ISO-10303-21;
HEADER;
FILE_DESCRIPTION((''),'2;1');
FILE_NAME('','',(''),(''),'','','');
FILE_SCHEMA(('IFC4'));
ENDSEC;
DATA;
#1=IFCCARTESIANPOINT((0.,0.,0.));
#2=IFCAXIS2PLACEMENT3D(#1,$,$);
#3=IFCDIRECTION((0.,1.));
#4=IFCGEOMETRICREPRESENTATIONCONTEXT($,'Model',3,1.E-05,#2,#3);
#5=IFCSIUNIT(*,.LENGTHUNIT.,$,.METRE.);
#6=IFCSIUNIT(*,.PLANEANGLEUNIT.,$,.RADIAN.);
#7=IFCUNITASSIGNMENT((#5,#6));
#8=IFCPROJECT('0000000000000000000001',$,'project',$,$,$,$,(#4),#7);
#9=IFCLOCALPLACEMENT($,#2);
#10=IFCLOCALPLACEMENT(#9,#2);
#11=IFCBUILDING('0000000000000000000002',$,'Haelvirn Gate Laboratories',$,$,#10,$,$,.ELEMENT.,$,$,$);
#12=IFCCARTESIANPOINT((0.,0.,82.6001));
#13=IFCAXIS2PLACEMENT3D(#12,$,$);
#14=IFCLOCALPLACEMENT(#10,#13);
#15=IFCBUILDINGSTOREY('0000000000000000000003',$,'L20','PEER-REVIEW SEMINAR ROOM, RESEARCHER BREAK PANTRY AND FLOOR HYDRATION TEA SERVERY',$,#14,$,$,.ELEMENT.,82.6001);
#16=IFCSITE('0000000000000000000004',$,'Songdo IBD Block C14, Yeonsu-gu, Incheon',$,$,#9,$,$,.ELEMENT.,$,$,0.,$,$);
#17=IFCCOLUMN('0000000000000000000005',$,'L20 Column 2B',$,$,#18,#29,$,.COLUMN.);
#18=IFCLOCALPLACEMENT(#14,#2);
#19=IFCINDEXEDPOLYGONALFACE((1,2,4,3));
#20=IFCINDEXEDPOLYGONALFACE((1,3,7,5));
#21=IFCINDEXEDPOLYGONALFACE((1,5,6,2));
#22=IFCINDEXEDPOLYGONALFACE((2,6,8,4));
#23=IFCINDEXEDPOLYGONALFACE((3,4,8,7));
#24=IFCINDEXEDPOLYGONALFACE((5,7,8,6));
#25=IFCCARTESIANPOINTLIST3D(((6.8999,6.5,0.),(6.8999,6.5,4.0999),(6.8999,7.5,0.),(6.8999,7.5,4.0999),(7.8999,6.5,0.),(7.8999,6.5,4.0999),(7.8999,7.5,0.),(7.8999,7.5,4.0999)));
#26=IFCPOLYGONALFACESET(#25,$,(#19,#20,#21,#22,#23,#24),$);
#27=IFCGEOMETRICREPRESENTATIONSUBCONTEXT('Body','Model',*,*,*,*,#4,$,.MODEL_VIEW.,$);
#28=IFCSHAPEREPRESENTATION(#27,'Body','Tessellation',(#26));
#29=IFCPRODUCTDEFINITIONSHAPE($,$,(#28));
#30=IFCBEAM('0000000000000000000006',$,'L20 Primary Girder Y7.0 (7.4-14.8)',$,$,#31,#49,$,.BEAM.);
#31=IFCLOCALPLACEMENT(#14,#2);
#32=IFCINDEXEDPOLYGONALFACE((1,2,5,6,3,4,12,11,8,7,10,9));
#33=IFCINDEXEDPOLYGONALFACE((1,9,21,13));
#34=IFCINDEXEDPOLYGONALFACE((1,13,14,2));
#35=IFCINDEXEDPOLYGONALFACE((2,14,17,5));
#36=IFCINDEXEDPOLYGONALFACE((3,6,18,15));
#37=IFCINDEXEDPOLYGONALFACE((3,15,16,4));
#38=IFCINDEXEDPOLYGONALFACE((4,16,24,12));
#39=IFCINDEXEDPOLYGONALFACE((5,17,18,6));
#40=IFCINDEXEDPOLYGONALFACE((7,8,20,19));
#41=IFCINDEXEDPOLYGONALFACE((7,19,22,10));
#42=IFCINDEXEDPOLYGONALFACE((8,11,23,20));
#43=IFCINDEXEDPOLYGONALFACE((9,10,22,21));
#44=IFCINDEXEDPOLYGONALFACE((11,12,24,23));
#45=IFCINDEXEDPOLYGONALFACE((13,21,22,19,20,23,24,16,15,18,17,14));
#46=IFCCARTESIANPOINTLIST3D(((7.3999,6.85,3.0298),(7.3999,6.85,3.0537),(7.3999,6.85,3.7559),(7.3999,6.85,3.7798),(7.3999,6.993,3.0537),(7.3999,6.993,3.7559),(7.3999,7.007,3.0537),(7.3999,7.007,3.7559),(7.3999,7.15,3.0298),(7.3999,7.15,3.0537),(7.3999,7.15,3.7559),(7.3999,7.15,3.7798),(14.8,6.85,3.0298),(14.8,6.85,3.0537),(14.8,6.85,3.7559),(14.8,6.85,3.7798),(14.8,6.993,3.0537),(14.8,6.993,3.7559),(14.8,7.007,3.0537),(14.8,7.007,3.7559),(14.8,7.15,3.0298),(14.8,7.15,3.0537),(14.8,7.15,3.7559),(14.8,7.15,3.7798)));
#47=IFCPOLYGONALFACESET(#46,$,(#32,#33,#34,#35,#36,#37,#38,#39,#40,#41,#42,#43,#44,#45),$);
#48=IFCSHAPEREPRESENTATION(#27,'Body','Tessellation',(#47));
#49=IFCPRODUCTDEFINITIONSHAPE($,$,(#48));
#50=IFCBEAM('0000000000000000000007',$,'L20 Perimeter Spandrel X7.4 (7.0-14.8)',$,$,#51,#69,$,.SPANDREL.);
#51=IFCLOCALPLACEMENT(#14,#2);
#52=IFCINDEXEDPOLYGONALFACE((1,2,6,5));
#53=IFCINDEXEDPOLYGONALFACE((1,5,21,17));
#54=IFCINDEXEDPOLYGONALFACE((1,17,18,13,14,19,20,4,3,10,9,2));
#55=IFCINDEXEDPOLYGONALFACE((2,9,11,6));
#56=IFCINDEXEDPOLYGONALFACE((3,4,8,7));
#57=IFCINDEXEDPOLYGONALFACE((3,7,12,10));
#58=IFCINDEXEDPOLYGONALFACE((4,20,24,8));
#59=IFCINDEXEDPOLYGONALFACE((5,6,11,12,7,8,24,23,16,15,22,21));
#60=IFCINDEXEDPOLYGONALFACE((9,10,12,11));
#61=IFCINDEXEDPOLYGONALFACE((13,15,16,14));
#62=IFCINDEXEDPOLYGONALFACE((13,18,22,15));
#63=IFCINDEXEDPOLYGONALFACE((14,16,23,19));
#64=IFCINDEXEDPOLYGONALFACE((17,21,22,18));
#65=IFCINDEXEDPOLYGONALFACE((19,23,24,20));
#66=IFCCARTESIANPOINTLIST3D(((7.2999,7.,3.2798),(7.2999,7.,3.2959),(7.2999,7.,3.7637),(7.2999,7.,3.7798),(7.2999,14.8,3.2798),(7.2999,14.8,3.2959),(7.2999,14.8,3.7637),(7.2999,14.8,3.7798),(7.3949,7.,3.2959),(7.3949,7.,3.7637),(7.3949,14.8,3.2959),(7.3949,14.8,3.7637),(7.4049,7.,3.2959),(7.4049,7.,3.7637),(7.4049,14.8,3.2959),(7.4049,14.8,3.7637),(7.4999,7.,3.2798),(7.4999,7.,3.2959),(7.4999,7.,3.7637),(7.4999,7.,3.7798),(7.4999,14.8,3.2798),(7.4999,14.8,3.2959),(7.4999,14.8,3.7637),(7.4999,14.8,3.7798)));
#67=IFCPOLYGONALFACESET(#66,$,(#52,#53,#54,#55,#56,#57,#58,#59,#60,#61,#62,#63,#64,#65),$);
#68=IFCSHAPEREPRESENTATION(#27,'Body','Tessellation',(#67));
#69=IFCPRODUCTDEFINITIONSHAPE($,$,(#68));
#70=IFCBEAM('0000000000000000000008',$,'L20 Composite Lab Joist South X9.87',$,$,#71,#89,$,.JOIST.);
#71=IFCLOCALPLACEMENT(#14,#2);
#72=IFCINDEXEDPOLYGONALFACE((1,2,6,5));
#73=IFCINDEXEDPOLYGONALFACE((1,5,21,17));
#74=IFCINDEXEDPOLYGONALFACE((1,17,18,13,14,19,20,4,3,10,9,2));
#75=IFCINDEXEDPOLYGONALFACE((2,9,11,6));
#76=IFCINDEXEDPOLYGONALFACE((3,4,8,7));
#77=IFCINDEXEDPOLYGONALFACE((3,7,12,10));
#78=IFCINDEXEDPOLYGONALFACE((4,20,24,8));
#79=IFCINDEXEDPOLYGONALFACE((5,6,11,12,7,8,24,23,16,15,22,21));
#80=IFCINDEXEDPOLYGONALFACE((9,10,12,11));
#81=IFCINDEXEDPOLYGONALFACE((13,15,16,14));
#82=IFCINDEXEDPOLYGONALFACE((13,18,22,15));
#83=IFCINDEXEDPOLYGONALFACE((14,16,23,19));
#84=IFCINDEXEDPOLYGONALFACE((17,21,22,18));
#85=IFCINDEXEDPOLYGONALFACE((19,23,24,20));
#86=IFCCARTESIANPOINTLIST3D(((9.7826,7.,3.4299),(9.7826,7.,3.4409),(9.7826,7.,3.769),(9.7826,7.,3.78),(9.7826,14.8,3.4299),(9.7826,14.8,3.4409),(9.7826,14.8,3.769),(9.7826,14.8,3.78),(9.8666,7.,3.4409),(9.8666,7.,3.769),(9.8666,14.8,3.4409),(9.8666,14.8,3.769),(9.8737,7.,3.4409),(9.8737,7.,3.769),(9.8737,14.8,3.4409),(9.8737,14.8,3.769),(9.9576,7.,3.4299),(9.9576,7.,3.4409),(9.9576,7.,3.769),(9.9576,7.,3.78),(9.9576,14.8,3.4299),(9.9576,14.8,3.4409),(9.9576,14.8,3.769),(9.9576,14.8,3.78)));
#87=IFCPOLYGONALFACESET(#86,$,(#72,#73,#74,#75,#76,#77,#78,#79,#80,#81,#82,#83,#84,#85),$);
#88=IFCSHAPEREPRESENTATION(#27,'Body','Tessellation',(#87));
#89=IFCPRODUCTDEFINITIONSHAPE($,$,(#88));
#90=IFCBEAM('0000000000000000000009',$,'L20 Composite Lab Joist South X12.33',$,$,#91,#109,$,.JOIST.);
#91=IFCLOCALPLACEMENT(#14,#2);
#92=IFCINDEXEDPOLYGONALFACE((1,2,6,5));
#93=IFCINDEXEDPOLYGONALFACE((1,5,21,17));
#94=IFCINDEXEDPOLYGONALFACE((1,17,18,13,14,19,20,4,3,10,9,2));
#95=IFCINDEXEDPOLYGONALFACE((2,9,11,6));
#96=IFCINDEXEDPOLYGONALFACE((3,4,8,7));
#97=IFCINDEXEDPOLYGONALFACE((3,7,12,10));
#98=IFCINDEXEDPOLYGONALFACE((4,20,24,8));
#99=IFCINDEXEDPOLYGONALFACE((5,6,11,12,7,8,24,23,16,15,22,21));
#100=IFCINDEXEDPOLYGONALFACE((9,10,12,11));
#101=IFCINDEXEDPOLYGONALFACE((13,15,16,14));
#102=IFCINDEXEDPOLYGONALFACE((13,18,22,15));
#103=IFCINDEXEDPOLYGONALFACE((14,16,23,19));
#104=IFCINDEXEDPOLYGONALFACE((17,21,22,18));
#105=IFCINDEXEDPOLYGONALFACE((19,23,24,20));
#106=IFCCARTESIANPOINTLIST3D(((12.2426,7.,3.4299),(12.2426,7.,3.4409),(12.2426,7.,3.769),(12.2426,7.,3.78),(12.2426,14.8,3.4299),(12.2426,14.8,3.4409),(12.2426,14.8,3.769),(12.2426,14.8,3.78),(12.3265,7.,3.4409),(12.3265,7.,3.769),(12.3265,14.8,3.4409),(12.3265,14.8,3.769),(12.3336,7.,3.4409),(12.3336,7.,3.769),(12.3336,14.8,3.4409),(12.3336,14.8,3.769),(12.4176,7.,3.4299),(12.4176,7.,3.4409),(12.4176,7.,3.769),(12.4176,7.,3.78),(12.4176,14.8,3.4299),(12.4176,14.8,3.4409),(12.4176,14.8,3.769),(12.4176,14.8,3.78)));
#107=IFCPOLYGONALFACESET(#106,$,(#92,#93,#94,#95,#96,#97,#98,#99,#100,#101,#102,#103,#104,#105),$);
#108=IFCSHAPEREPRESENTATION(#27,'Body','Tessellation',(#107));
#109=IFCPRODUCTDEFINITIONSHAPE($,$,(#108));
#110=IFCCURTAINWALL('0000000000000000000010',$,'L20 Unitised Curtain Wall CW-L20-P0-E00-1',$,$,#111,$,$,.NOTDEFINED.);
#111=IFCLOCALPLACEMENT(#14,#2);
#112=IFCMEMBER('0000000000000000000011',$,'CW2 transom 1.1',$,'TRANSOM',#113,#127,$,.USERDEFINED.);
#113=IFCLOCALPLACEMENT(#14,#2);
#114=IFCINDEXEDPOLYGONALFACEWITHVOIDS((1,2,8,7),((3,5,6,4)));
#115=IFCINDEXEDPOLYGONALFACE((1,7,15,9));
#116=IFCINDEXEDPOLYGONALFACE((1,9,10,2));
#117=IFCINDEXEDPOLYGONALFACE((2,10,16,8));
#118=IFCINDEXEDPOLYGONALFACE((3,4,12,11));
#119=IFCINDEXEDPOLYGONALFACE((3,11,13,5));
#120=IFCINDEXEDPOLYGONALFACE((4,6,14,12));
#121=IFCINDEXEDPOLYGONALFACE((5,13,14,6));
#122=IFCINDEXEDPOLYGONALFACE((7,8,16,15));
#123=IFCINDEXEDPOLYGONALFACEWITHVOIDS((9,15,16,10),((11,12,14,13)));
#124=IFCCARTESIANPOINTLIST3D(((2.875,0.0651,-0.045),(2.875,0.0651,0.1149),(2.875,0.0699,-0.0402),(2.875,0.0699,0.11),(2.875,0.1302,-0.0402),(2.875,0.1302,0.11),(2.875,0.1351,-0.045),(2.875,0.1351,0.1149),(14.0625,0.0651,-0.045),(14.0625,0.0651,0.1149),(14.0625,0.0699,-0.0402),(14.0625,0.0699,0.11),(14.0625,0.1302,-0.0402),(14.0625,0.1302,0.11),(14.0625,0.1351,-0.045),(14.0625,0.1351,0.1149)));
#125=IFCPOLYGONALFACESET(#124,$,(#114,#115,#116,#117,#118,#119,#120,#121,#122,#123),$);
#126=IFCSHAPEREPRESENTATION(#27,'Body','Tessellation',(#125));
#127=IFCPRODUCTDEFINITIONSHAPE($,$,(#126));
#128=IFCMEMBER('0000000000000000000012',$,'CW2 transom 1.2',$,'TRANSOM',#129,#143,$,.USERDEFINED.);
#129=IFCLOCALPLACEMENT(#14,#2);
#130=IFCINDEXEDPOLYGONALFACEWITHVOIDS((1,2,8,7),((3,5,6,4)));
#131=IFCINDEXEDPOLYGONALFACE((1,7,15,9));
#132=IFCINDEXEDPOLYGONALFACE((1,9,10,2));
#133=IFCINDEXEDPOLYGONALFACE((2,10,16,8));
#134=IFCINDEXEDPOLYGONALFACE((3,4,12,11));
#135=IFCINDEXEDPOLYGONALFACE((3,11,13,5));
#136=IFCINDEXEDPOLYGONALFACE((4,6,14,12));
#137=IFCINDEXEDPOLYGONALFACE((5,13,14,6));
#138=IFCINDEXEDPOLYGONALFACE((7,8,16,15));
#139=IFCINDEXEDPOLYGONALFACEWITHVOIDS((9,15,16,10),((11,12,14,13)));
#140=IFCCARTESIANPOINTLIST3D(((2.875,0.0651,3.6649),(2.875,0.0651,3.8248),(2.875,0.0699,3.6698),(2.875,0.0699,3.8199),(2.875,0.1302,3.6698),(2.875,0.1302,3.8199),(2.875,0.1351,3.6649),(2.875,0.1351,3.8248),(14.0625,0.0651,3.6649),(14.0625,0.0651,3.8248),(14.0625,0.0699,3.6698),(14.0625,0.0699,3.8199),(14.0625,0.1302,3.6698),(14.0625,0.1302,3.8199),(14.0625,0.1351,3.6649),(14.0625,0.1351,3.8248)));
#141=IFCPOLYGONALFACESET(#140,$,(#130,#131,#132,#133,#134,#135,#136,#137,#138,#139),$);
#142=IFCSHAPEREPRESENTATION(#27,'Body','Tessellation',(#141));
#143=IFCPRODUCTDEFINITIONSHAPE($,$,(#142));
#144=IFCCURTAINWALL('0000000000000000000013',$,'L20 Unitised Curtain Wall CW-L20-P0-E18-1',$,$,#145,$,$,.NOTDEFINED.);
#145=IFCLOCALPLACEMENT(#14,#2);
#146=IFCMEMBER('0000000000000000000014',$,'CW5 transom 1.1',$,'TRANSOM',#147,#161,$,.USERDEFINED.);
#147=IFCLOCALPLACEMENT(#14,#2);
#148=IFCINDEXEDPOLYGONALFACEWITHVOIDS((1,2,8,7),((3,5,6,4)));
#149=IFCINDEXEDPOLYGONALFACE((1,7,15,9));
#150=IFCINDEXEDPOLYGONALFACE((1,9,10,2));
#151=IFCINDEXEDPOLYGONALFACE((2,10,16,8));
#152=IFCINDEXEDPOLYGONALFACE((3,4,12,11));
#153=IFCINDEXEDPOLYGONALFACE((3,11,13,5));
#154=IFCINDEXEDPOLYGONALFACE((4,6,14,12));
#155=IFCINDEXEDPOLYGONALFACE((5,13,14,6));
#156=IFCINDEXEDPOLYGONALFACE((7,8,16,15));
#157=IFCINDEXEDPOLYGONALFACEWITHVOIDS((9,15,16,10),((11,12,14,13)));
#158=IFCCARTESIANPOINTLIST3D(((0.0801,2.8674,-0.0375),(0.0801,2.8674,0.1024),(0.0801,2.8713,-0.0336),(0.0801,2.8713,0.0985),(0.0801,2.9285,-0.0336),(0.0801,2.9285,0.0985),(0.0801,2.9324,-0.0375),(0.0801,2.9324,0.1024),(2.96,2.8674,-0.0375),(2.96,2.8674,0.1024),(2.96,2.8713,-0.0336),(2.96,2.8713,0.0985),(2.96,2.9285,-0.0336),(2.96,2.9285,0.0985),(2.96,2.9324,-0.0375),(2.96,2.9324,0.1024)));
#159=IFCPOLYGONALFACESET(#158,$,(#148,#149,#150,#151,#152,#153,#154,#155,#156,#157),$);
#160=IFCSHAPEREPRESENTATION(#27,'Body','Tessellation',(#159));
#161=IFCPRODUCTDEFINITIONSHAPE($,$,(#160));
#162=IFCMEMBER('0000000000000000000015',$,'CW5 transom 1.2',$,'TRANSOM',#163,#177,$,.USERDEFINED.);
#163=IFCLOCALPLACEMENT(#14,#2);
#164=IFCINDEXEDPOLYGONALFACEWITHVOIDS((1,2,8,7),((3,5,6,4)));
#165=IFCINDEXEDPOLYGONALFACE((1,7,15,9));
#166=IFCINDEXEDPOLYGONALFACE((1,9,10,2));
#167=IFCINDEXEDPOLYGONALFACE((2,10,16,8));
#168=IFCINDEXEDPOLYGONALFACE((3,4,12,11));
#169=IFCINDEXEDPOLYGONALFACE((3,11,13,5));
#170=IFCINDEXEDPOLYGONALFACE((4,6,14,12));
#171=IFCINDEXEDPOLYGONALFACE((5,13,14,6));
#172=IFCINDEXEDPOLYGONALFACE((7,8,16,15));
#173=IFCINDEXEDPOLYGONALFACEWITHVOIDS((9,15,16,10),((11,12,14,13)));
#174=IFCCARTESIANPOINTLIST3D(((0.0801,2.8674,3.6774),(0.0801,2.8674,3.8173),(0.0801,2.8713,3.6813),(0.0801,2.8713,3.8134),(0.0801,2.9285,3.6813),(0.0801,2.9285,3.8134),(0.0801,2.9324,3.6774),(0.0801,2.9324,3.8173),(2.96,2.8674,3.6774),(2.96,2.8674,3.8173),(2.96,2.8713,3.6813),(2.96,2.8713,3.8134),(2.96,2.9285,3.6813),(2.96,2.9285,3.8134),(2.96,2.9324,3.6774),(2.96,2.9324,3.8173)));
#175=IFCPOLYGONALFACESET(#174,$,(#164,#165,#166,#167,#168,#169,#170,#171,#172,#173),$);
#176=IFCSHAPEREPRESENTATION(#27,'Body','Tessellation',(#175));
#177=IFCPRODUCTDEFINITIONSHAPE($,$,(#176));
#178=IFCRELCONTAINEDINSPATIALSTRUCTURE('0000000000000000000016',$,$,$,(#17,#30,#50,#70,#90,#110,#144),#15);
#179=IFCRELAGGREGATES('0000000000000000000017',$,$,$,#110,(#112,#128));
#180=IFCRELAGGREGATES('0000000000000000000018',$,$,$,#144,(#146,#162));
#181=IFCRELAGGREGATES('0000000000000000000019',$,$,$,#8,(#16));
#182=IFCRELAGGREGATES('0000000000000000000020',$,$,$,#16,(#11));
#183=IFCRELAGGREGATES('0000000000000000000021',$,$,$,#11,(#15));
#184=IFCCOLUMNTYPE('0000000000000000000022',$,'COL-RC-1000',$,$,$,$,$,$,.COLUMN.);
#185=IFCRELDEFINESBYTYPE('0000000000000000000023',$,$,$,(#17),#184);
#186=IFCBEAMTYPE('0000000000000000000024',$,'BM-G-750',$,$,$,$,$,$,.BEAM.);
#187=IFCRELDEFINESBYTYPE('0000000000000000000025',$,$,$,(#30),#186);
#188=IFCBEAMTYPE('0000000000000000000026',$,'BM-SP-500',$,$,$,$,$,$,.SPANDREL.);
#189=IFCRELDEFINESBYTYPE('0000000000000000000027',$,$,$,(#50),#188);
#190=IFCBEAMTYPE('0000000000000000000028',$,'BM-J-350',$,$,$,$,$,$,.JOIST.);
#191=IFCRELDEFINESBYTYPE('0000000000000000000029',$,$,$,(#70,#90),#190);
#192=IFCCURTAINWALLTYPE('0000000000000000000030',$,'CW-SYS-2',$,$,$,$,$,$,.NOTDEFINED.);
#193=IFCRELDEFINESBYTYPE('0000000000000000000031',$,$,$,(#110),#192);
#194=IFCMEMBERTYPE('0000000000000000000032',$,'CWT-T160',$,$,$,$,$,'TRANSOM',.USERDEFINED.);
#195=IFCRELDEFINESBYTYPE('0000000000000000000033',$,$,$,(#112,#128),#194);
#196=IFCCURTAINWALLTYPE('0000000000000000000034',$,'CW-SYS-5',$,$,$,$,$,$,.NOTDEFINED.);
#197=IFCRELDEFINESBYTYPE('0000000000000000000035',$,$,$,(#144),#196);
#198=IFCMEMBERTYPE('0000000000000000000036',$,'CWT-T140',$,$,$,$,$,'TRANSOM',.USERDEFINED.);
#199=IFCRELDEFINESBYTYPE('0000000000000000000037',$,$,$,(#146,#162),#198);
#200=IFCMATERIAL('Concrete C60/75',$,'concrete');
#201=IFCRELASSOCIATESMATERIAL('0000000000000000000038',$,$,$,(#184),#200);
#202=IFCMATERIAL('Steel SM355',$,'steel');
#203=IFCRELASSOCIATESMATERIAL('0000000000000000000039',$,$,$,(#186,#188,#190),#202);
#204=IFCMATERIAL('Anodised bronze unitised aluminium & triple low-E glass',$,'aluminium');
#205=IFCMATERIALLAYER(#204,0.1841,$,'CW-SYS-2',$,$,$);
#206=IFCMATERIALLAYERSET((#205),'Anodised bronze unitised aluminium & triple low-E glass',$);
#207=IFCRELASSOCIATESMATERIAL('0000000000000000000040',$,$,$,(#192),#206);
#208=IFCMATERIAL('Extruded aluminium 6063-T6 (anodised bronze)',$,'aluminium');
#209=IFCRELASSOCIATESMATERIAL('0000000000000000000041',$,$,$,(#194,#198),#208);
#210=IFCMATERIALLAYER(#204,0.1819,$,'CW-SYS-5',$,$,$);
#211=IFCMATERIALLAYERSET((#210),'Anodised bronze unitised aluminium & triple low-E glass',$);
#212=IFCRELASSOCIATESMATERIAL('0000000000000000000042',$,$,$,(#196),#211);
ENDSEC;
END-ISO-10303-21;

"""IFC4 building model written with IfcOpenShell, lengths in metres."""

from ifc_helpers import new_model, si_unit, direction, frame, origin, origin_2d, place, context, subcontext, project, spatial, rectangle, hollow_rectangle, i_section, extrude, source, transform, mapped, material, layer, layer_set, material_profile, profile_set, type_object, type_shapes, element, aggregate, save


model = new_model("IFC4")

# Units and contexts
model_context = context("Model", 3, precision=1e-05, world=origin(), true_north=direction((0.0, 1.0)))
body_context = subcontext(model_context, "Body", "Model", "MODEL_VIEW")
ifc_project = project(units=[si_unit("LENGTHUNIT", "METRE"), si_unit("PLANEANGLEUNIT", "RADIAN")], contexts=[model_context])

# Site, building, storey
site_placement = place(None, origin())
site = spatial("IfcSite", under=ifc_project, at=site_placement, Name="Songdo IBD Block C14, Yeonsu-gu, Incheon", CompositionType="ELEMENT", RefElevation=0.0)
building_placement = place(site_placement, origin())
building = spatial("IfcBuilding", under=site, at=building_placement, Name="Haelvirn Gate Laboratories", CompositionType="ELEMENT")
storey_placement = place(building_placement, frame((0.0, 0.0, 82.6001)))
storey = spatial("IfcBuildingStorey", under=building, at=storey_placement, Name="L20", Description="PEER-REVIEW SEMINAR ROOM, RESEARCHER BREAK PANTRY AND FLOOR HYDRATION TEA SERVERY", CompositionType="ELEMENT", Elevation=82.6001)

# Column
ifc_material_1 = material(Name="Concrete C60/75", Category="concrete")
ifc_material_profile_1 = material_profile(ifc_material_1, rectangle(XDim=1.0, YDim=1.0, at=origin_2d()), Name="RC-1000x1000")
ifc_profile_set_1 = profile_set([ifc_material_profile_1], Name="Concrete C60/75")
column_type = type_object("IfcColumnType", Name="COL-RC-1000", PredefinedType="COLUMN", material=ifc_profile_set_1)
shared_shape_1 = source(origin(), body_context, "Body", "SweptSolid", [
    extrude(rectangle(XDim=1.0, YDim=1.0, at=origin_2d()), origin(), (0.0, 0.0, 1.0), 4.0999),
])
type_shapes(column_type, [shared_shape_1])
column_placement = place(storey_placement, frame((7.3999, 7.0, 0.0), z_axis=(0.0, 0.0, 1.0), x_axis=(1.0, 0.0, 0.0)))
element("IfcColumn", 1, at=column_placement, inside=storey, type_object=column_type, Name="L20 Column 2B", PredefinedType="COLUMN", context=body_context, shape_type="MappedRepresentation", body=[
    mapped(shared_shape_1, transform((0.0, 0.0, 0.0), scale=1.0)),
])

# Beams
ifc_material_2 = material(Name="Steel SM355", Category="steel")
ifc_material_profile_2 = material_profile(ifc_material_2, i_section(OverallWidth=0.3, OverallDepth=0.75, WebThickness=0.0139, FlangeThickness=0.0239, at=origin_2d()), Name="H-750x300x14x24")
ifc_profile_set_2 = profile_set([ifc_material_profile_2], Name="Steel SM355")
beam_type_1 = type_object("IfcBeamType", Name="BM-G-750", PredefinedType="BEAM", material=ifc_profile_set_2)
shared_shape_2 = source(origin(), body_context, "Body", "SweptSolid", [
    extrude(i_section(OverallWidth=0.3, OverallDepth=0.75, WebThickness=0.0139, FlangeThickness=0.0239, at=origin_2d()), origin(), (0.0, 0.0, 1.0), 7.4001),
])
type_shapes(beam_type_1, [shared_shape_2])
beam_1_placement = place(storey_placement, frame((7.3999, 7.0, 3.4048), z_axis=(1.0, 0.0, 0.0), x_axis=(0.0, 1.0, 0.0)))
element("IfcBeam", 2, at=beam_1_placement, inside=storey, type_object=beam_type_1, Name="L20 Primary Girder Y7.0 (7.4-14.8)", PredefinedType="BEAM", context=body_context, shape_type="MappedRepresentation", body=[
    mapped(shared_shape_2, transform((0.0, 0.0, 0.0), scale=1.0)),
])
ifc_material_profile_3 = material_profile(ifc_material_2, i_section(OverallWidth=0.2, OverallDepth=0.5, WebThickness=0.01, FlangeThickness=0.0161, at=origin_2d()), Name="H-500x200x10x16")
ifc_profile_set_3 = profile_set([ifc_material_profile_3], Name="Steel SM355")
beam_type_2 = type_object("IfcBeamType", Name="BM-SP-500", PredefinedType="SPANDREL", material=ifc_profile_set_3)
shared_shape_3 = source(origin(), body_context, "Body", "SweptSolid", [
    extrude(i_section(OverallWidth=0.2, OverallDepth=0.5, WebThickness=0.01, FlangeThickness=0.0161, at=origin_2d()), origin(), (0.0, 0.0, 1.0), 7.8),
])
type_shapes(beam_type_2, [shared_shape_3])
beam_2_placement = place(storey_placement, frame((7.3999, 7.0, 3.5298), z_axis=(0.0, 1.0, 0.0), x_axis=(-1.0, 0.0, 0.0)))
element("IfcBeam", 3, at=beam_2_placement, inside=storey, type_object=beam_type_2, Name="L20 Perimeter Spandrel X7.4 (7.0-14.8)", PredefinedType="SPANDREL", context=body_context, shape_type="MappedRepresentation", body=[
    mapped(shared_shape_3, transform((0.0, 0.0, 0.0), scale=1.0)),
])
ifc_material_profile_4 = material_profile(ifc_material_2, i_section(OverallWidth=0.175, OverallDepth=0.3501, WebThickness=0.0071, FlangeThickness=0.011, at=origin_2d()), Name="H-350x175x7x11")
ifc_profile_set_4 = profile_set([ifc_material_profile_4], Name="Steel SM355")
beam_type_3 = type_object("IfcBeamType", Name="BM-J-350", PredefinedType="JOIST", material=ifc_profile_set_4)
shared_shape_4 = source(origin(), body_context, "Body", "SweptSolid", [
    extrude(i_section(OverallWidth=0.175, OverallDepth=0.3501, WebThickness=0.0071, FlangeThickness=0.011, at=origin_2d()), origin(), (0.0, 0.0, 1.0), 7.8),
])
type_shapes(beam_type_3, [shared_shape_4])
for number, where, z_axis, x_axis, name in (
    (4, (9.8701, 7.0, 3.605), (0.0, 1.0, 0.0), (-1.0, 0.0, 0.0), "L20 Composite Lab Joist South X9.87"),
    (5, (12.3301, 7.0, 3.605), (0.0, 1.0, 0.0), (-1.0, 0.0, 0.0), "L20 Composite Lab Joist South X12.33"),
):
    element("IfcBeam", number, at=place(storey_placement, frame(where, z_axis=z_axis, x_axis=x_axis)), inside=storey, type_object=beam_type_3, Name=name, PredefinedType="JOIST", context=body_context, shape_type="MappedRepresentation", body=[
        mapped(shared_shape_4, transform((0.0, 0.0, 0.0), scale=1.0)),
    ])

# Curtain walls, members
ifc_material_3 = material(Name="Anodised bronze unitised aluminium & triple low-E glass", Category="aluminium")
ifc_layer_1 = layer(ifc_material_3, 0.1841, Name="CW-SYS-2")
ifc_layer_set_1 = layer_set([ifc_layer_1], Name="Anodised bronze unitised aluminium & triple low-E glass")
curtain_wall_type_1 = type_object("IfcCurtainWallType", Name="CW-SYS-2", PredefinedType="NOTDEFINED", material=ifc_layer_set_1)
curtain_wall_1_placement = place(storey_placement, origin())
curtain_wall_1 = element("IfcCurtainWall", 6, at=curtain_wall_1_placement, inside=storey, type_object=curtain_wall_type_1, Name="L20 Unitised Curtain Wall CW-L20-P0-E00-1", PredefinedType="NOTDEFINED")
ifc_material_4 = material(Name="Extruded aluminium 6063-T6 (anodised bronze)", Category="aluminium")
ifc_material_profile_5 = material_profile(ifc_material_4, hollow_rectangle(XDim=0.0701, YDim=0.1599, WallThickness=0.0049, at=origin_2d()), Name="CWT-160x70x5")
ifc_profile_set_5 = profile_set([ifc_material_profile_5], Name="Extruded aluminium 6063-T6 (anodised bronze)")
member_type_1 = type_object("IfcMemberType", Name="CWT-T160", ElementType="TRANSOM", PredefinedType="USERDEFINED", material=ifc_profile_set_5)
shared_shape_5 = source(origin(), body_context, "Body", "SweptSolid", [
    extrude(hollow_rectangle(XDim=0.0701, YDim=0.1599, WallThickness=0.0049, at=origin_2d()), origin(), (0.0, 0.0, 1.0), 11.1875),
])
type_shapes(member_type_1, [shared_shape_5])
member_1_placement = place(storey_placement, frame((2.875, 0.1001, 0.0349), z_axis=(1.0, 0.0, 0.0), x_axis=(0.0, 1.0, 0.0)))
member_1 = element("IfcMember", 7, at=member_1_placement, type_object=member_type_1, Name="CW2 transom 1.1", ObjectType="TRANSOM", PredefinedType="USERDEFINED", context=body_context, shape_type="MappedRepresentation", body=[
    mapped(shared_shape_5, transform((0.0, 0.0, 0.0), scale=1.0)),
])
member_2_placement = place(storey_placement, frame((2.875, 0.1001, 3.7449), z_axis=(1.0, 0.0, 0.0), x_axis=(0.0, 1.0, 0.0)))
member_2 = element("IfcMember", 8, at=member_2_placement, type_object=member_type_1, Name="CW2 transom 1.2", ObjectType="TRANSOM", PredefinedType="USERDEFINED", context=body_context, shape_type="MappedRepresentation", body=[
    mapped(shared_shape_5, transform((0.0, 0.0, 0.0), scale=1.0)),
])
ifc_layer_2 = layer(ifc_material_3, 0.1819, Name="CW-SYS-5")
ifc_layer_set_2 = layer_set([ifc_layer_2], Name="Anodised bronze unitised aluminium & triple low-E glass")
curtain_wall_type_2 = type_object("IfcCurtainWallType", Name="CW-SYS-5", PredefinedType="NOTDEFINED", material=ifc_layer_set_2)
curtain_wall_2_placement = place(storey_placement, origin())
curtain_wall_2 = element("IfcCurtainWall", 9, at=curtain_wall_2_placement, inside=storey, type_object=curtain_wall_type_2, Name="L20 Unitised Curtain Wall CW-L20-P0-E18-1", PredefinedType="NOTDEFINED")
ifc_material_profile_6 = material_profile(ifc_material_4, hollow_rectangle(XDim=0.0649, YDim=0.1399, WallThickness=0.0039, at=origin_2d()), Name="CWT-140x65x4")
ifc_profile_set_6 = profile_set([ifc_material_profile_6], Name="Extruded aluminium 6063-T6 (anodised bronze)")
member_type_2 = type_object("IfcMemberType", Name="CWT-T140", ElementType="TRANSOM", PredefinedType="USERDEFINED", material=ifc_profile_set_6)
shared_shape_6 = source(origin(), body_context, "Body", "SweptSolid", [
    extrude(hollow_rectangle(XDim=0.0649, YDim=0.1399, WallThickness=0.0039, at=origin_2d()), origin(), (0.0, 0.0, 1.0), 2.8799),
])
type_shapes(member_type_2, [shared_shape_6])
member_3_placement = place(storey_placement, frame((0.0801, 2.8999, 0.0325), z_axis=(1.0, 0.0, 0.0), x_axis=(0.0, 1.0, 0.0)))
member_3 = element("IfcMember", 10, at=member_3_placement, type_object=member_type_2, Name="CW5 transom 1.1", ObjectType="TRANSOM", PredefinedType="USERDEFINED", context=body_context, shape_type="MappedRepresentation", body=[
    mapped(shared_shape_6, transform((0.0, 0.0, 0.0), scale=1.0)),
])
member_4_placement = place(storey_placement, frame((0.0801, 2.8999, 3.7473), z_axis=(1.0, 0.0, 0.0), x_axis=(0.0, 1.0, 0.0)))
member_4 = element("IfcMember", 11, at=member_4_placement, type_object=member_type_2, Name="CW5 transom 1.2", ObjectType="TRANSOM", PredefinedType="USERDEFINED", context=body_context, shape_type="MappedRepresentation", body=[
    mapped(shared_shape_6, transform((0.0, 0.0, 0.0), scale=1.0)),
])

aggregate(curtain_wall_1, [member_1, member_2])
aggregate(curtain_wall_2, [member_3, member_4])

save(model, "model.ifc")
